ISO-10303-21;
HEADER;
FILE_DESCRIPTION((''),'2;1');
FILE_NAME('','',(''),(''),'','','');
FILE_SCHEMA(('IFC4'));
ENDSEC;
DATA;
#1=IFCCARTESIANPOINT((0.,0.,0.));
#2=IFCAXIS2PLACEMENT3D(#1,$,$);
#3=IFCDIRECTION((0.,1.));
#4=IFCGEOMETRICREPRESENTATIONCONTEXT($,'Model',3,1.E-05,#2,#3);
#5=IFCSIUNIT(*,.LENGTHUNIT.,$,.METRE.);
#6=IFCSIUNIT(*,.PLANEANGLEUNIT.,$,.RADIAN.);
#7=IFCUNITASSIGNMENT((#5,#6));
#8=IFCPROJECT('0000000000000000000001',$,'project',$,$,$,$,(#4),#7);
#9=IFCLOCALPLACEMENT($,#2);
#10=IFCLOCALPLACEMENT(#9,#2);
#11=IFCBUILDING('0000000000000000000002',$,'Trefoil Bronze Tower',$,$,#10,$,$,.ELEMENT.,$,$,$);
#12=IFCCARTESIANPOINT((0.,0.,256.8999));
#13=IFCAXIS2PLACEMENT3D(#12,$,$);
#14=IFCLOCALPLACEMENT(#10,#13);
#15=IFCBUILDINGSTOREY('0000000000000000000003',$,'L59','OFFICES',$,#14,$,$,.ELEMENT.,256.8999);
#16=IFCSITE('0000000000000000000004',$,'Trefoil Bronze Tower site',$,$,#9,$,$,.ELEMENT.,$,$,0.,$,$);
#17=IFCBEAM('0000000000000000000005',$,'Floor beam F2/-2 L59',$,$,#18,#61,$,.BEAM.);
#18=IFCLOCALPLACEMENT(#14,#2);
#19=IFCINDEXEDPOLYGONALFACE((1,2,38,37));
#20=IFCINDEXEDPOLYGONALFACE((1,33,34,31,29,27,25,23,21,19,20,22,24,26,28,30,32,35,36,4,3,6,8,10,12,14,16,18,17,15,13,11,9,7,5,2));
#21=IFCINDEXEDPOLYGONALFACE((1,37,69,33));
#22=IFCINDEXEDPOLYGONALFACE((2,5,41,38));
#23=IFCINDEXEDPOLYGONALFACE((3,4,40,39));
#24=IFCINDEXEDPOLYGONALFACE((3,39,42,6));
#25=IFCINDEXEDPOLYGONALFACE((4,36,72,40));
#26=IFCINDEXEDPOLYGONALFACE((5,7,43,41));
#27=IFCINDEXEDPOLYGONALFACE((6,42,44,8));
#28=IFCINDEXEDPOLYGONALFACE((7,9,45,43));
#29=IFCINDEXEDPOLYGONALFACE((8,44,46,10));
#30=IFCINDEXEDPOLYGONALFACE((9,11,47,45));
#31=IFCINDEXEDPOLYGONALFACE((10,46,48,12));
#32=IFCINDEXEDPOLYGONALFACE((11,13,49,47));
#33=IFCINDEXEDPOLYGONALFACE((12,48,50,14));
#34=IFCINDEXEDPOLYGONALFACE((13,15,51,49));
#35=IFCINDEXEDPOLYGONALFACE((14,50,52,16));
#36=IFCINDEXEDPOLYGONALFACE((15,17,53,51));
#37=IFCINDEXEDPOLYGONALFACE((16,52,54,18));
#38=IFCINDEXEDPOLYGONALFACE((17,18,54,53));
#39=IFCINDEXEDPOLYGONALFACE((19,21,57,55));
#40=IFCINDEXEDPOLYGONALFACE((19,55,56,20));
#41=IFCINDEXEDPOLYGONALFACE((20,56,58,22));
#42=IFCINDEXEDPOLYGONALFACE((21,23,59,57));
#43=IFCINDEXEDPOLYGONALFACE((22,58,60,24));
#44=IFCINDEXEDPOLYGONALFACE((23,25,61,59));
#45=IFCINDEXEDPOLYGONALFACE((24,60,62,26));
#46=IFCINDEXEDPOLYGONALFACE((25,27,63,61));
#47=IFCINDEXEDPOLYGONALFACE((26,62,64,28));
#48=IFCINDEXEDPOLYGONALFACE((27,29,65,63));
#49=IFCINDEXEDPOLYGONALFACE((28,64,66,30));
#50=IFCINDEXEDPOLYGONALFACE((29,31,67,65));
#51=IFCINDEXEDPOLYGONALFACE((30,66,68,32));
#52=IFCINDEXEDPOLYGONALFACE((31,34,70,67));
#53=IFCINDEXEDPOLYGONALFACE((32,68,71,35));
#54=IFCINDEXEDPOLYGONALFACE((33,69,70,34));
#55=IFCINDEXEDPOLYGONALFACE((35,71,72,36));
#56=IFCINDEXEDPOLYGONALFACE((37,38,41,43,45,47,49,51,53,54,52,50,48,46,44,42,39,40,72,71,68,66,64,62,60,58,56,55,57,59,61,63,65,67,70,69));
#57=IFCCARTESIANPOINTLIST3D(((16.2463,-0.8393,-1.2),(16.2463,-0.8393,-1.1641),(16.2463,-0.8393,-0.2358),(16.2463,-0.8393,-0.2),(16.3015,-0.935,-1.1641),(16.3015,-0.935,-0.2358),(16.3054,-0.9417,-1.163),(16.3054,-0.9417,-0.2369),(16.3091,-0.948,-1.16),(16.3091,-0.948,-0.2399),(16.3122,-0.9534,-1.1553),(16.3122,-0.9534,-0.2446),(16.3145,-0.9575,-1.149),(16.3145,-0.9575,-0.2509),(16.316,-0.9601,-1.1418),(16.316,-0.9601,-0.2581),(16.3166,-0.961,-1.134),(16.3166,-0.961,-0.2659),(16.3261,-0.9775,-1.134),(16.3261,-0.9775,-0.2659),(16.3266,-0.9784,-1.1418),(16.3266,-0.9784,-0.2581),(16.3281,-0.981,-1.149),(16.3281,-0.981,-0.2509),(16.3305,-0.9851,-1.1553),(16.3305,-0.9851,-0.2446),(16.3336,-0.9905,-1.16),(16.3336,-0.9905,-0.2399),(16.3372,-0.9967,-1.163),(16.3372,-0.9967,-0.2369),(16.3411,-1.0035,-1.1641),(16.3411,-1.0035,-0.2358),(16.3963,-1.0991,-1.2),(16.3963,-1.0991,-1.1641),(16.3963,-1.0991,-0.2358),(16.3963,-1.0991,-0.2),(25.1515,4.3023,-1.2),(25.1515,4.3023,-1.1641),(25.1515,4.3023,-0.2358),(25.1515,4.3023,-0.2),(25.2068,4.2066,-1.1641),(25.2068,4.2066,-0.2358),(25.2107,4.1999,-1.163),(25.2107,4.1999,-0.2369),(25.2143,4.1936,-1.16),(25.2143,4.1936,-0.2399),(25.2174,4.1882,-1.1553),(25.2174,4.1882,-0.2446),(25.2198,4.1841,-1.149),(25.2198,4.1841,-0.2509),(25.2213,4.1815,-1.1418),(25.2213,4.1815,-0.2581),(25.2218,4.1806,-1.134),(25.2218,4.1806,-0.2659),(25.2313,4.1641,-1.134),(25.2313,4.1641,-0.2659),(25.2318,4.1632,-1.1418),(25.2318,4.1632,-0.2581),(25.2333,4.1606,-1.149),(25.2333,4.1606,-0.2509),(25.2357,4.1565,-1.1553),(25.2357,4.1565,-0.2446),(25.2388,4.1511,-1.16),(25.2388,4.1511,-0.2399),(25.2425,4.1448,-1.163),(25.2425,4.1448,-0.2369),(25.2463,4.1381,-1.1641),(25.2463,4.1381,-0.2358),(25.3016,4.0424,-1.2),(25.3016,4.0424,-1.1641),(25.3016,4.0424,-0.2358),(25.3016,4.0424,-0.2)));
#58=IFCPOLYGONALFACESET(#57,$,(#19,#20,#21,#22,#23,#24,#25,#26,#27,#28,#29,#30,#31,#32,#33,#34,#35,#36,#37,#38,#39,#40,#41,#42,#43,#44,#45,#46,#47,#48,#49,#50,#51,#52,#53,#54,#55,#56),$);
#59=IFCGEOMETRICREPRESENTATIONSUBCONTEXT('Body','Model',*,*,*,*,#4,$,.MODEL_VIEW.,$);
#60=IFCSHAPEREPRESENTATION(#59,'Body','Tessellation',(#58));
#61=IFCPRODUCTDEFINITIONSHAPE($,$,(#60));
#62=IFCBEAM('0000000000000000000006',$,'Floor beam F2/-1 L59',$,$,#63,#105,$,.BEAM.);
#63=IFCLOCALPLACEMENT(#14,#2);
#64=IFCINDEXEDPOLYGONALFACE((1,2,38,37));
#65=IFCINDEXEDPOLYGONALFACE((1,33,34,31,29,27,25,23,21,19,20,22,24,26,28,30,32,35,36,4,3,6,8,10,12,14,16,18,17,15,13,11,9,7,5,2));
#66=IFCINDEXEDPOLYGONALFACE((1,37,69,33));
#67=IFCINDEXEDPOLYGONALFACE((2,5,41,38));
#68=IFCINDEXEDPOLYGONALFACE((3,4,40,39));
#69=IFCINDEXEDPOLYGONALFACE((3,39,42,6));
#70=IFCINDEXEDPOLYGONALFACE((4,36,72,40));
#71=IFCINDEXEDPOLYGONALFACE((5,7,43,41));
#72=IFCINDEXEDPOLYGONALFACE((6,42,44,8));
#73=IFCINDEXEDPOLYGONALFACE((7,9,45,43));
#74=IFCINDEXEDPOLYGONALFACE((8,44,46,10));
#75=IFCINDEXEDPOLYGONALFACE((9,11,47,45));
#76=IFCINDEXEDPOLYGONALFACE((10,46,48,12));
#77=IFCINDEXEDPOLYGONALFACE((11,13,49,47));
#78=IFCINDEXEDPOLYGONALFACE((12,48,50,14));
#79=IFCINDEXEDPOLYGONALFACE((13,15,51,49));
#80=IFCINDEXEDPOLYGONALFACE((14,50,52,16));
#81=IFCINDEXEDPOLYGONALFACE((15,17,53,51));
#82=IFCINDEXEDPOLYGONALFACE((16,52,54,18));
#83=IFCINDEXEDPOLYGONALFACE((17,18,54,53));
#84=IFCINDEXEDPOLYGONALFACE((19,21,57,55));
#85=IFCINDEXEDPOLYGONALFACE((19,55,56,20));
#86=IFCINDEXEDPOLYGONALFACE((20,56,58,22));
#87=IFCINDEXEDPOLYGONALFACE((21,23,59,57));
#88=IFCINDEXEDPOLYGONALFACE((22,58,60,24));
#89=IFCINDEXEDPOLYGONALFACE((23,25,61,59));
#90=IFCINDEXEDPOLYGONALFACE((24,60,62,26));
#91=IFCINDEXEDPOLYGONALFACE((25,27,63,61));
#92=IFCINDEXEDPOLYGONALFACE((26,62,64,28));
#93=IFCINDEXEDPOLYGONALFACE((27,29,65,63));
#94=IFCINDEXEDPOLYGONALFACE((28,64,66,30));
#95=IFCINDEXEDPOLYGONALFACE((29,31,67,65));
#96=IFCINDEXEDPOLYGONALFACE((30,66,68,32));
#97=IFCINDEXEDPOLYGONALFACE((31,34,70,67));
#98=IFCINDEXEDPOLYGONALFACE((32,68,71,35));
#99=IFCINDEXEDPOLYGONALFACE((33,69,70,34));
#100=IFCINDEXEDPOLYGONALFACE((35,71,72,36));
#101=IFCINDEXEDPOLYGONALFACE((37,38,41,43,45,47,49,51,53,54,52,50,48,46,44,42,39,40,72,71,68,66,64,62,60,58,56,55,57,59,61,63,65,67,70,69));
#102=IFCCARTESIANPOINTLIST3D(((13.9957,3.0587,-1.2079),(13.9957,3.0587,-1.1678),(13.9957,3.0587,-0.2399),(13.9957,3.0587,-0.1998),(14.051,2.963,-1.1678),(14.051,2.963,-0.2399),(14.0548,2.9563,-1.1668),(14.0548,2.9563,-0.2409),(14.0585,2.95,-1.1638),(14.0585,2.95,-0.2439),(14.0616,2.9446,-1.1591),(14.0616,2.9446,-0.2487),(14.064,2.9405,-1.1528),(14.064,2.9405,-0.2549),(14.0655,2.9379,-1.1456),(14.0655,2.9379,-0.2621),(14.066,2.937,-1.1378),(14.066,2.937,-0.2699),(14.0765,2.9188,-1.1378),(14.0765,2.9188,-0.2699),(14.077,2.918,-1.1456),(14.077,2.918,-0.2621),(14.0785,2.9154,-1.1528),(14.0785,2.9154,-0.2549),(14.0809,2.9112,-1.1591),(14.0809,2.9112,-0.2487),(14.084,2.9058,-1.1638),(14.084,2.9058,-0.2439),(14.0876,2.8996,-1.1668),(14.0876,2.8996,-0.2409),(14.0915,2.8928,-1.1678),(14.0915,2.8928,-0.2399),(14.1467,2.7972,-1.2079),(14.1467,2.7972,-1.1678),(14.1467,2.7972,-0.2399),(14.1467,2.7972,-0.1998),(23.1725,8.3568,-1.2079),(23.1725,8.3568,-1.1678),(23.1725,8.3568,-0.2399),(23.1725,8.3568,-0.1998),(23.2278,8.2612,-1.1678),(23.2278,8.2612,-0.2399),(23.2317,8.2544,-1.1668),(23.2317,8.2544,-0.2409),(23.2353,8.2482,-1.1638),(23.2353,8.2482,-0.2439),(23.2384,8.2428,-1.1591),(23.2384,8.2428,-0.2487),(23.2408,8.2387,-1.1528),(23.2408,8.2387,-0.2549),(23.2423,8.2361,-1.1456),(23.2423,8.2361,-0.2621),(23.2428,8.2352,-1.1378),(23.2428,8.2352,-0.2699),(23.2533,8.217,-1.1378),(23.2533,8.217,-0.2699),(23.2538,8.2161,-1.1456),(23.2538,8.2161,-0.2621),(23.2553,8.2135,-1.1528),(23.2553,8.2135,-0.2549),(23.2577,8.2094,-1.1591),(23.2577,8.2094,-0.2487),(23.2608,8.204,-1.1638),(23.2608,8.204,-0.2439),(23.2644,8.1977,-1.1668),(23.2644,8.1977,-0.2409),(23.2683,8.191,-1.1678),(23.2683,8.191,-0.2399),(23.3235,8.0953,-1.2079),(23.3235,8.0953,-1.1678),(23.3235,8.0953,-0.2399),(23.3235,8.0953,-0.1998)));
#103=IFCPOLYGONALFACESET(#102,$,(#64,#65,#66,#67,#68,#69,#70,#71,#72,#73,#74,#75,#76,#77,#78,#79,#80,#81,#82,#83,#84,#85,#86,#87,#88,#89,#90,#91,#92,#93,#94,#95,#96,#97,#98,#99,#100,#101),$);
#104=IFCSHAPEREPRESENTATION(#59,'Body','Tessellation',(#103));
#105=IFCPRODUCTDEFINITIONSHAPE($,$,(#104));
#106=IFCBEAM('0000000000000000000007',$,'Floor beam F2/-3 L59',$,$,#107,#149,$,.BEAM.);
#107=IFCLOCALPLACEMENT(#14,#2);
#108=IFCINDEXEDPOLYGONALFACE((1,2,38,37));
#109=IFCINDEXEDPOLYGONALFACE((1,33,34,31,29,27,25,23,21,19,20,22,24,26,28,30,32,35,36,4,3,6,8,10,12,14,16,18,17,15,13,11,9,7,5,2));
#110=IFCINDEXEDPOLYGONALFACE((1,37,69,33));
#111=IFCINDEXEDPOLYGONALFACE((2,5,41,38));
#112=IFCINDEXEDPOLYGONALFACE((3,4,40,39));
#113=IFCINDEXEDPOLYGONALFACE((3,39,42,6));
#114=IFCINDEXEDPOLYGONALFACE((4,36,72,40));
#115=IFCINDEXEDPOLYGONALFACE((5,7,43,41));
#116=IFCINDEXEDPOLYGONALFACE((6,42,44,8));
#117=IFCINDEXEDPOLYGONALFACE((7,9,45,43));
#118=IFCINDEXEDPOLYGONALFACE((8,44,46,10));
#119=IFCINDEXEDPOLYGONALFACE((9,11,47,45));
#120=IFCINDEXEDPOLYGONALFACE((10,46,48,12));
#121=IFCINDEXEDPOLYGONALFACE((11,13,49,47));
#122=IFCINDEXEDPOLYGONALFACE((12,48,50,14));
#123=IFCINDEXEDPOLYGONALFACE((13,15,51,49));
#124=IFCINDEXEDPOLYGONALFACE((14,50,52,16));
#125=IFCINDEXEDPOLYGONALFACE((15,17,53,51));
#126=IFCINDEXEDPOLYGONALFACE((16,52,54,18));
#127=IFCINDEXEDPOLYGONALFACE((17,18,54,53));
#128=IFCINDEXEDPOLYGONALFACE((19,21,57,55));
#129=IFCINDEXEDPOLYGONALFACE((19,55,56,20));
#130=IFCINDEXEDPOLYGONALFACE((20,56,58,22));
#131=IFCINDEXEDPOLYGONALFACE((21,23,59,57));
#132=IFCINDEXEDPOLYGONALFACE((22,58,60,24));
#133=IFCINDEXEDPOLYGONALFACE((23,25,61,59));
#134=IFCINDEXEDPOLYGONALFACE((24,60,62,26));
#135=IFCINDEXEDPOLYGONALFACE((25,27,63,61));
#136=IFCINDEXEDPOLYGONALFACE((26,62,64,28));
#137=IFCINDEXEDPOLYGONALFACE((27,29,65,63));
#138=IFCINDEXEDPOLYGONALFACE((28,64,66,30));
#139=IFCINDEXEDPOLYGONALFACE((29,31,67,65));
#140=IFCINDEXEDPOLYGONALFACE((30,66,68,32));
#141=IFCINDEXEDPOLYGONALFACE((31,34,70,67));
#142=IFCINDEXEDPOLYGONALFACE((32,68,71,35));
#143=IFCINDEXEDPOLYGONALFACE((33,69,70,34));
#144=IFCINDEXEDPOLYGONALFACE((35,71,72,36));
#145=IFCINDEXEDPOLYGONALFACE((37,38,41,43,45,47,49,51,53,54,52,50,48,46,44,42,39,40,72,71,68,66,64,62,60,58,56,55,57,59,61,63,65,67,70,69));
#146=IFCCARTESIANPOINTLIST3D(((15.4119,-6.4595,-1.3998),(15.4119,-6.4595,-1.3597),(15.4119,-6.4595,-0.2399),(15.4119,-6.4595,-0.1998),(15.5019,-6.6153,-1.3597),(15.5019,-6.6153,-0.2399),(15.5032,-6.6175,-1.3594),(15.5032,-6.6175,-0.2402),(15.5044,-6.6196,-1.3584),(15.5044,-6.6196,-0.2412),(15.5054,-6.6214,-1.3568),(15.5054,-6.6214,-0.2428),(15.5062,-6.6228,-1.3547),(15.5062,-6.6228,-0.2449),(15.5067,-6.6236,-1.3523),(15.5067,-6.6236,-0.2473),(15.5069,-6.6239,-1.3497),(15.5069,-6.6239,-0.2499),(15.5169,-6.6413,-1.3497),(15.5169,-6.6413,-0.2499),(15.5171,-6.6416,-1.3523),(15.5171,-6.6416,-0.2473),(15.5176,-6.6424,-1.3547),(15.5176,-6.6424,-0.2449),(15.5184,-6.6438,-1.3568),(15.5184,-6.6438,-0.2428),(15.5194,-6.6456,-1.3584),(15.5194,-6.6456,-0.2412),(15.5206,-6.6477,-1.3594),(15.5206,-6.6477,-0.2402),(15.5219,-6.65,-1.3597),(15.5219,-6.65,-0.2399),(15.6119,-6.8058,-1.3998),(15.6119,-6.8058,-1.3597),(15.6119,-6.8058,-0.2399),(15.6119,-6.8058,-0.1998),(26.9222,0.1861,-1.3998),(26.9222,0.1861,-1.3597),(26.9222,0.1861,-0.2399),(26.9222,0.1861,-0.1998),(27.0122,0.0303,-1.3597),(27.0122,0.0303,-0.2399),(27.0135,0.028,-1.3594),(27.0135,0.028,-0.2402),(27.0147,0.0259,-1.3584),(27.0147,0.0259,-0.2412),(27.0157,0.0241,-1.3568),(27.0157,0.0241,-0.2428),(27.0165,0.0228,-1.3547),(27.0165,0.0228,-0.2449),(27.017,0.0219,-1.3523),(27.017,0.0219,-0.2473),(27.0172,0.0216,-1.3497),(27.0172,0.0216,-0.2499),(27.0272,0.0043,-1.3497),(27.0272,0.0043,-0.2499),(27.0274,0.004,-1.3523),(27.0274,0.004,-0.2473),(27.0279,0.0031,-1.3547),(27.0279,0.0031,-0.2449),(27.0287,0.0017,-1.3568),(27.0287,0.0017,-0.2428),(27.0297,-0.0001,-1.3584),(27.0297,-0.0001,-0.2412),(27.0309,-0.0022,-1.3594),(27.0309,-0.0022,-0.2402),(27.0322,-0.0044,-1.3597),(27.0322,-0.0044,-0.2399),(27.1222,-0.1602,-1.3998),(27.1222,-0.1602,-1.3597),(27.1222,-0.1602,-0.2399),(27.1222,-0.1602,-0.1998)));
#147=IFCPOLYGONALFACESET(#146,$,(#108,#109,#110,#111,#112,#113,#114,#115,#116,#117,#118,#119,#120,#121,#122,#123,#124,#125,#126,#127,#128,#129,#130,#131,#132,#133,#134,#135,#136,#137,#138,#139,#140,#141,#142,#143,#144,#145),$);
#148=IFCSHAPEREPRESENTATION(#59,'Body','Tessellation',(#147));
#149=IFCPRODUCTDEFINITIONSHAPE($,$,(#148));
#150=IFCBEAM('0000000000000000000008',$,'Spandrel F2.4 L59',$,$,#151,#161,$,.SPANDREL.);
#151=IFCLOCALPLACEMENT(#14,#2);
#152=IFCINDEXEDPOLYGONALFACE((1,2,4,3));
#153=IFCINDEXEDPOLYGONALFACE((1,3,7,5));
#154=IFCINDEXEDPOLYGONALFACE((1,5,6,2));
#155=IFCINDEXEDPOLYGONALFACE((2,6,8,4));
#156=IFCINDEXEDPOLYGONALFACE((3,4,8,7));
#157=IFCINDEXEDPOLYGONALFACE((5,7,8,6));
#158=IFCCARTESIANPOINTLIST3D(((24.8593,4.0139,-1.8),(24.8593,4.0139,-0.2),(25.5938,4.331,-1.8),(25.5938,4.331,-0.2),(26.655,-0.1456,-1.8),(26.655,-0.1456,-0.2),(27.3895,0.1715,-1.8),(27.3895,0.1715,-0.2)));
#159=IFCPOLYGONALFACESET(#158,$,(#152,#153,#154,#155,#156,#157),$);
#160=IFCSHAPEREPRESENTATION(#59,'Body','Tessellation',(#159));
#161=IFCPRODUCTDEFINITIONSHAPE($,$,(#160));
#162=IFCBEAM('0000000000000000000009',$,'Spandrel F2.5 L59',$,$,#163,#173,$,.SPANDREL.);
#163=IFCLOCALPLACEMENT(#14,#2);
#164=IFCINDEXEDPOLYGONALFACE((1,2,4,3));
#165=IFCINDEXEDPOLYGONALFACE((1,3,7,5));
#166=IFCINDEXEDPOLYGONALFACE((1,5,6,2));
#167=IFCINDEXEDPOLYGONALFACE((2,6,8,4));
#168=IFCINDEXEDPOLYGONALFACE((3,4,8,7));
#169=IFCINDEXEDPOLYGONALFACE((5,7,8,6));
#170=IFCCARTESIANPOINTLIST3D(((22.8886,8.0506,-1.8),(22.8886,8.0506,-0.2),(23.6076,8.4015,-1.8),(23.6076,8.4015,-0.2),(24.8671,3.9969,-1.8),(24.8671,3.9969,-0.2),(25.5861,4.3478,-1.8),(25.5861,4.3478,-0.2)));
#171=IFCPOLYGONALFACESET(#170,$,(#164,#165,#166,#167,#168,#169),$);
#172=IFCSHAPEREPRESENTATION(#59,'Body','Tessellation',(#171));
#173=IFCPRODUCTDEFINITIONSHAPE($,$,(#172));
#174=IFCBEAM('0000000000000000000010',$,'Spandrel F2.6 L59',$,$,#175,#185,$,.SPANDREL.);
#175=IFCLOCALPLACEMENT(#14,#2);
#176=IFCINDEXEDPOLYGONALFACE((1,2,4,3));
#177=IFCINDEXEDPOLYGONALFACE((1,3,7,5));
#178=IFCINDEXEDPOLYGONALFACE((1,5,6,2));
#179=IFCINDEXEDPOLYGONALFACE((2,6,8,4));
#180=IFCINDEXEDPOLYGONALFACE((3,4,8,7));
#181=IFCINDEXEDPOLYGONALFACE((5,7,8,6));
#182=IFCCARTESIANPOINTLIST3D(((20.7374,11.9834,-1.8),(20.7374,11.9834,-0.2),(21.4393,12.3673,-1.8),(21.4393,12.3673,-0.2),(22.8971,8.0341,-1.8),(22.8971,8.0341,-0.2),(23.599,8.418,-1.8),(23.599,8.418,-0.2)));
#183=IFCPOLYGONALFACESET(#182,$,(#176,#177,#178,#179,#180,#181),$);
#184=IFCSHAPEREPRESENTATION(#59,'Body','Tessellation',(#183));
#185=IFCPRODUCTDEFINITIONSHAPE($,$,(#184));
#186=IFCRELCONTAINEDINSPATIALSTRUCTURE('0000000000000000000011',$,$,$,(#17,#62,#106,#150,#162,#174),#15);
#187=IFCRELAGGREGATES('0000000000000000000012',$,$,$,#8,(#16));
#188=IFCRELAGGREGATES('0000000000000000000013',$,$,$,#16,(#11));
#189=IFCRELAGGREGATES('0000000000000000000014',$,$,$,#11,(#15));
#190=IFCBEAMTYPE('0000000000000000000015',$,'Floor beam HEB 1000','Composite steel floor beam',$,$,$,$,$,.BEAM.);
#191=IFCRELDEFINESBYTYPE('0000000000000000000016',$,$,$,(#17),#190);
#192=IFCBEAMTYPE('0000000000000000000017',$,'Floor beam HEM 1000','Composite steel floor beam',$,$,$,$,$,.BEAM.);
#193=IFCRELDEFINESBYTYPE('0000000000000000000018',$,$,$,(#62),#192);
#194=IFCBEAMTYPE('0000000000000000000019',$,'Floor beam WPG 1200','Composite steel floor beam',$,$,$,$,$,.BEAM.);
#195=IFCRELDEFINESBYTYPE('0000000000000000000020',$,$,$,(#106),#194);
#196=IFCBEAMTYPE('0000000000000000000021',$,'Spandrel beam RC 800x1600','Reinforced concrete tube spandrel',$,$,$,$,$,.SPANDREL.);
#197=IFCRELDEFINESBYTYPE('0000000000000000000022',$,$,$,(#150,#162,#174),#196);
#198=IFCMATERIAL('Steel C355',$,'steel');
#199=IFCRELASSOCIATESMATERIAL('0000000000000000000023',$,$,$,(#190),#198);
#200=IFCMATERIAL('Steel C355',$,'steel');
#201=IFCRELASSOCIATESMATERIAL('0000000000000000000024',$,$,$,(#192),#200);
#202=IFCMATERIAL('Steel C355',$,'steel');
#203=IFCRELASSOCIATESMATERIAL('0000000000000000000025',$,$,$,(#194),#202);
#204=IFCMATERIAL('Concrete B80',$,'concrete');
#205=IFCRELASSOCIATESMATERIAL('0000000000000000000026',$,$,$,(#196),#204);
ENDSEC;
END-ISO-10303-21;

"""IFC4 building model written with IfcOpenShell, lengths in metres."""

from ifc_helpers import new_model, si_unit, direction, frame, origin, origin_2d, place, context, subcontext, project, spatial, rectangle, i_section, extrude, material, material_profile, profile_set, type_object, element, save


model = new_model("IFC4")

# Units and contexts
model_context = context("Model", 3, precision=1e-05, world=origin(), true_north=direction((0.0, 1.0)))
body_context = subcontext(model_context, "Body", "Model", "MODEL_VIEW")
ifc_project = project(units=[si_unit("LENGTHUNIT", "METRE"), si_unit("PLANEANGLEUNIT", "RADIAN")], contexts=[model_context])

# Site, building, storey
site_placement = place(None, origin())
site = spatial("IfcSite", under=ifc_project, at=site_placement, Name="Trefoil Bronze Tower site", CompositionType="ELEMENT", RefElevation=0.0)
building_placement = place(site_placement, origin())
building = spatial("IfcBuilding", under=site, at=building_placement, Name="Trefoil Bronze Tower", CompositionType="ELEMENT")
storey_placement = place(building_placement, frame((0.0, 0.0, 256.8999)))
storey = spatial("IfcBuildingStorey", under=building, at=storey_placement, Name="L59", Description="OFFICES", CompositionType="ELEMENT", Elevation=256.8999)

# Beams
ifc_material_1 = material(Name="Steel C355", Category="steel")
ifc_material_profile_1 = material_profile(ifc_material_1, i_section(OverallWidth=0.3, OverallDepth=1.0, WebThickness=0.019, FlangeThickness=0.0359, FilletRadius=0.03, at=origin_2d()), Name="HEB 1000")
ifc_profile_set_1 = profile_set([ifc_material_profile_1], Name="Steel C355")
beam_type_1 = type_object("IfcBeamType", Name="Floor beam HEB 1000", Description="Composite steel floor beam", PredefinedType="BEAM", material=ifc_profile_set_1)
beam_1_placement = place(storey_placement, frame((25.2266, 4.1724, -0.7), z_axis=(-0.86602, -0.50001, 0.0), x_axis=(0.50001, -0.86602, 0.0)))
element("IfcBeam", 1, at=beam_1_placement, inside=storey, type_object=beam_type_1, Name="Floor beam F2/-2 L59", PredefinedType="BEAM", context=body_context, shape_type="SweptSolid", body=[
    extrude(i_section(OverallWidth=0.3, OverallDepth=1.0, WebThickness=0.019, FlangeThickness=0.0359, FilletRadius=0.03, at=origin_2d()), origin(), (0.0, 0.0, 1.0), 10.283),
])
ifc_material_2 = material(Name="Steel C355", Category="steel")
ifc_material_profile_2 = material_profile(ifc_material_2, i_section(OverallWidth=0.302, OverallDepth=1.0081, WebThickness=0.021, FlangeThickness=0.04, FilletRadius=0.03, at=origin_2d()), Name="HEM 1000")
ifc_profile_set_2 = profile_set([ifc_material_profile_2], Name="Steel C355")
beam_type_2 = type_object("IfcBeamType", Name="Floor beam HEM 1000", Description="Composite steel floor beam", PredefinedType="BEAM", material=ifc_profile_set_2)
beam_2_placement = place(storey_placement, frame((23.248, 8.2261, -0.7039), z_axis=(-0.86603, -0.499992, 0.0), x_axis=(0.499992, -0.86603, 0.0)))
element("IfcBeam", 2, at=beam_2_placement, inside=storey, type_object=beam_type_2, Name="Floor beam F2/-1 L59", PredefinedType="BEAM", context=body_context, shape_type="SweptSolid", body=[
    extrude(i_section(OverallWidth=0.302, OverallDepth=1.0081, WebThickness=0.021, FlangeThickness=0.04, FilletRadius=0.03, at=origin_2d()), origin(), (0.0, 0.0, 1.0), 10.5964),
])
ifc_material_3 = material(Name="Steel C355", Category="steel")
ifc_material_profile_3 = material_profile(ifc_material_3, i_section(OverallWidth=0.3999, OverallDepth=1.2, WebThickness=0.02, FlangeThickness=0.04, FilletRadius=0.01, at=origin_2d()), Name="WPG 1200")
ifc_profile_set_3 = profile_set([ifc_material_profile_3], Name="Steel C355")
beam_type_3 = type_object("IfcBeamType", Name="Floor beam WPG 1200", Description="Composite steel floor beam", PredefinedType="BEAM", material=ifc_profile_set_3)
beam_3_placement = place(storey_placement, frame((27.0222, 0.0129, -0.7998), z_axis=(-0.866023, -0.500003, 0.0), x_axis=(0.500003, -0.866023, 0.0)))
element("IfcBeam", 3, at=beam_3_placement, inside=storey, type_object=beam_type_3, Name="Floor beam F2/-3 L59", PredefinedType="BEAM", context=body_context, shape_type="SweptSolid", body=[
    extrude(i_section(OverallWidth=0.3999, OverallDepth=1.2, WebThickness=0.02, FlangeThickness=0.04, FilletRadius=0.01, at=origin_2d()), origin(), (0.0, 0.0, 1.0), 13.291),
])
ifc_material_4 = material(Name="Concrete B80", Category="concrete")
ifc_material_profile_4 = material_profile(ifc_material_4, rectangle(XDim=0.8, YDim=1.6001, at=origin_2d()), Name="RC 800x1600")
ifc_profile_set_4 = profile_set([ifc_material_profile_4], Name="Concrete B80")
beam_type_4 = type_object("IfcBeamType", Name="Spandrel beam RC 800x1600", Description="Reinforced concrete tube spandrel", PredefinedType="SPANDREL", material=ifc_profile_set_4)
beam_4_placement = place(storey_placement, frame((27.0222, 0.0129, -1.0), z_axis=(-0.39635, 0.918099, 0.0), x_axis=(-0.918099, -0.39635, 0.0)))
element("IfcBeam", 4, at=beam_4_placement, inside=storey, type_object=beam_type_4, Name="Spandrel F2.4 L59", PredefinedType="SPANDREL", context=body_context, shape_type="SweptSolid", body=[
    extrude(rectangle(XDim=0.8, YDim=1.6001, at=origin_2d()), origin(), (0.0, 0.0, 1.0), 4.5305),
])
beam_5_placement = place(storey_placement, frame((25.2266, 4.1724, -1.0), z_axis=(-0.43862, 0.898673, 0.0), x_axis=(-0.898673, -0.43862, 0.0)))
element("IfcBeam", 5, at=beam_5_placement, inside=storey, type_object=beam_type_4, Name="Spandrel F2.5 L59", PredefinedType="SPANDREL", context=body_context, shape_type="SweptSolid", body=[
    extrude(rectangle(XDim=0.8, YDim=1.6001, at=origin_2d()), origin(), (0.0, 0.0, 1.0), 4.5107),
])
beam_6_placement = place(storey_placement, frame((23.248, 8.2261, -1.0), z_axis=(-0.479802, 0.877377, 0.0), x_axis=(-0.877377, -0.479802, 0.0)))
element("IfcBeam", 6, at=beam_6_placement, inside=storey, type_object=beam_type_4, Name="Spandrel F2.6 L59", PredefinedType="SPANDREL", context=body_context, shape_type="SweptSolid", body=[
    extrude(rectangle(XDim=0.8, YDim=1.6001, at=origin_2d()), origin(), (0.0, 0.0, 1.0), 4.5012),
])

save(model, "model.ifc")
